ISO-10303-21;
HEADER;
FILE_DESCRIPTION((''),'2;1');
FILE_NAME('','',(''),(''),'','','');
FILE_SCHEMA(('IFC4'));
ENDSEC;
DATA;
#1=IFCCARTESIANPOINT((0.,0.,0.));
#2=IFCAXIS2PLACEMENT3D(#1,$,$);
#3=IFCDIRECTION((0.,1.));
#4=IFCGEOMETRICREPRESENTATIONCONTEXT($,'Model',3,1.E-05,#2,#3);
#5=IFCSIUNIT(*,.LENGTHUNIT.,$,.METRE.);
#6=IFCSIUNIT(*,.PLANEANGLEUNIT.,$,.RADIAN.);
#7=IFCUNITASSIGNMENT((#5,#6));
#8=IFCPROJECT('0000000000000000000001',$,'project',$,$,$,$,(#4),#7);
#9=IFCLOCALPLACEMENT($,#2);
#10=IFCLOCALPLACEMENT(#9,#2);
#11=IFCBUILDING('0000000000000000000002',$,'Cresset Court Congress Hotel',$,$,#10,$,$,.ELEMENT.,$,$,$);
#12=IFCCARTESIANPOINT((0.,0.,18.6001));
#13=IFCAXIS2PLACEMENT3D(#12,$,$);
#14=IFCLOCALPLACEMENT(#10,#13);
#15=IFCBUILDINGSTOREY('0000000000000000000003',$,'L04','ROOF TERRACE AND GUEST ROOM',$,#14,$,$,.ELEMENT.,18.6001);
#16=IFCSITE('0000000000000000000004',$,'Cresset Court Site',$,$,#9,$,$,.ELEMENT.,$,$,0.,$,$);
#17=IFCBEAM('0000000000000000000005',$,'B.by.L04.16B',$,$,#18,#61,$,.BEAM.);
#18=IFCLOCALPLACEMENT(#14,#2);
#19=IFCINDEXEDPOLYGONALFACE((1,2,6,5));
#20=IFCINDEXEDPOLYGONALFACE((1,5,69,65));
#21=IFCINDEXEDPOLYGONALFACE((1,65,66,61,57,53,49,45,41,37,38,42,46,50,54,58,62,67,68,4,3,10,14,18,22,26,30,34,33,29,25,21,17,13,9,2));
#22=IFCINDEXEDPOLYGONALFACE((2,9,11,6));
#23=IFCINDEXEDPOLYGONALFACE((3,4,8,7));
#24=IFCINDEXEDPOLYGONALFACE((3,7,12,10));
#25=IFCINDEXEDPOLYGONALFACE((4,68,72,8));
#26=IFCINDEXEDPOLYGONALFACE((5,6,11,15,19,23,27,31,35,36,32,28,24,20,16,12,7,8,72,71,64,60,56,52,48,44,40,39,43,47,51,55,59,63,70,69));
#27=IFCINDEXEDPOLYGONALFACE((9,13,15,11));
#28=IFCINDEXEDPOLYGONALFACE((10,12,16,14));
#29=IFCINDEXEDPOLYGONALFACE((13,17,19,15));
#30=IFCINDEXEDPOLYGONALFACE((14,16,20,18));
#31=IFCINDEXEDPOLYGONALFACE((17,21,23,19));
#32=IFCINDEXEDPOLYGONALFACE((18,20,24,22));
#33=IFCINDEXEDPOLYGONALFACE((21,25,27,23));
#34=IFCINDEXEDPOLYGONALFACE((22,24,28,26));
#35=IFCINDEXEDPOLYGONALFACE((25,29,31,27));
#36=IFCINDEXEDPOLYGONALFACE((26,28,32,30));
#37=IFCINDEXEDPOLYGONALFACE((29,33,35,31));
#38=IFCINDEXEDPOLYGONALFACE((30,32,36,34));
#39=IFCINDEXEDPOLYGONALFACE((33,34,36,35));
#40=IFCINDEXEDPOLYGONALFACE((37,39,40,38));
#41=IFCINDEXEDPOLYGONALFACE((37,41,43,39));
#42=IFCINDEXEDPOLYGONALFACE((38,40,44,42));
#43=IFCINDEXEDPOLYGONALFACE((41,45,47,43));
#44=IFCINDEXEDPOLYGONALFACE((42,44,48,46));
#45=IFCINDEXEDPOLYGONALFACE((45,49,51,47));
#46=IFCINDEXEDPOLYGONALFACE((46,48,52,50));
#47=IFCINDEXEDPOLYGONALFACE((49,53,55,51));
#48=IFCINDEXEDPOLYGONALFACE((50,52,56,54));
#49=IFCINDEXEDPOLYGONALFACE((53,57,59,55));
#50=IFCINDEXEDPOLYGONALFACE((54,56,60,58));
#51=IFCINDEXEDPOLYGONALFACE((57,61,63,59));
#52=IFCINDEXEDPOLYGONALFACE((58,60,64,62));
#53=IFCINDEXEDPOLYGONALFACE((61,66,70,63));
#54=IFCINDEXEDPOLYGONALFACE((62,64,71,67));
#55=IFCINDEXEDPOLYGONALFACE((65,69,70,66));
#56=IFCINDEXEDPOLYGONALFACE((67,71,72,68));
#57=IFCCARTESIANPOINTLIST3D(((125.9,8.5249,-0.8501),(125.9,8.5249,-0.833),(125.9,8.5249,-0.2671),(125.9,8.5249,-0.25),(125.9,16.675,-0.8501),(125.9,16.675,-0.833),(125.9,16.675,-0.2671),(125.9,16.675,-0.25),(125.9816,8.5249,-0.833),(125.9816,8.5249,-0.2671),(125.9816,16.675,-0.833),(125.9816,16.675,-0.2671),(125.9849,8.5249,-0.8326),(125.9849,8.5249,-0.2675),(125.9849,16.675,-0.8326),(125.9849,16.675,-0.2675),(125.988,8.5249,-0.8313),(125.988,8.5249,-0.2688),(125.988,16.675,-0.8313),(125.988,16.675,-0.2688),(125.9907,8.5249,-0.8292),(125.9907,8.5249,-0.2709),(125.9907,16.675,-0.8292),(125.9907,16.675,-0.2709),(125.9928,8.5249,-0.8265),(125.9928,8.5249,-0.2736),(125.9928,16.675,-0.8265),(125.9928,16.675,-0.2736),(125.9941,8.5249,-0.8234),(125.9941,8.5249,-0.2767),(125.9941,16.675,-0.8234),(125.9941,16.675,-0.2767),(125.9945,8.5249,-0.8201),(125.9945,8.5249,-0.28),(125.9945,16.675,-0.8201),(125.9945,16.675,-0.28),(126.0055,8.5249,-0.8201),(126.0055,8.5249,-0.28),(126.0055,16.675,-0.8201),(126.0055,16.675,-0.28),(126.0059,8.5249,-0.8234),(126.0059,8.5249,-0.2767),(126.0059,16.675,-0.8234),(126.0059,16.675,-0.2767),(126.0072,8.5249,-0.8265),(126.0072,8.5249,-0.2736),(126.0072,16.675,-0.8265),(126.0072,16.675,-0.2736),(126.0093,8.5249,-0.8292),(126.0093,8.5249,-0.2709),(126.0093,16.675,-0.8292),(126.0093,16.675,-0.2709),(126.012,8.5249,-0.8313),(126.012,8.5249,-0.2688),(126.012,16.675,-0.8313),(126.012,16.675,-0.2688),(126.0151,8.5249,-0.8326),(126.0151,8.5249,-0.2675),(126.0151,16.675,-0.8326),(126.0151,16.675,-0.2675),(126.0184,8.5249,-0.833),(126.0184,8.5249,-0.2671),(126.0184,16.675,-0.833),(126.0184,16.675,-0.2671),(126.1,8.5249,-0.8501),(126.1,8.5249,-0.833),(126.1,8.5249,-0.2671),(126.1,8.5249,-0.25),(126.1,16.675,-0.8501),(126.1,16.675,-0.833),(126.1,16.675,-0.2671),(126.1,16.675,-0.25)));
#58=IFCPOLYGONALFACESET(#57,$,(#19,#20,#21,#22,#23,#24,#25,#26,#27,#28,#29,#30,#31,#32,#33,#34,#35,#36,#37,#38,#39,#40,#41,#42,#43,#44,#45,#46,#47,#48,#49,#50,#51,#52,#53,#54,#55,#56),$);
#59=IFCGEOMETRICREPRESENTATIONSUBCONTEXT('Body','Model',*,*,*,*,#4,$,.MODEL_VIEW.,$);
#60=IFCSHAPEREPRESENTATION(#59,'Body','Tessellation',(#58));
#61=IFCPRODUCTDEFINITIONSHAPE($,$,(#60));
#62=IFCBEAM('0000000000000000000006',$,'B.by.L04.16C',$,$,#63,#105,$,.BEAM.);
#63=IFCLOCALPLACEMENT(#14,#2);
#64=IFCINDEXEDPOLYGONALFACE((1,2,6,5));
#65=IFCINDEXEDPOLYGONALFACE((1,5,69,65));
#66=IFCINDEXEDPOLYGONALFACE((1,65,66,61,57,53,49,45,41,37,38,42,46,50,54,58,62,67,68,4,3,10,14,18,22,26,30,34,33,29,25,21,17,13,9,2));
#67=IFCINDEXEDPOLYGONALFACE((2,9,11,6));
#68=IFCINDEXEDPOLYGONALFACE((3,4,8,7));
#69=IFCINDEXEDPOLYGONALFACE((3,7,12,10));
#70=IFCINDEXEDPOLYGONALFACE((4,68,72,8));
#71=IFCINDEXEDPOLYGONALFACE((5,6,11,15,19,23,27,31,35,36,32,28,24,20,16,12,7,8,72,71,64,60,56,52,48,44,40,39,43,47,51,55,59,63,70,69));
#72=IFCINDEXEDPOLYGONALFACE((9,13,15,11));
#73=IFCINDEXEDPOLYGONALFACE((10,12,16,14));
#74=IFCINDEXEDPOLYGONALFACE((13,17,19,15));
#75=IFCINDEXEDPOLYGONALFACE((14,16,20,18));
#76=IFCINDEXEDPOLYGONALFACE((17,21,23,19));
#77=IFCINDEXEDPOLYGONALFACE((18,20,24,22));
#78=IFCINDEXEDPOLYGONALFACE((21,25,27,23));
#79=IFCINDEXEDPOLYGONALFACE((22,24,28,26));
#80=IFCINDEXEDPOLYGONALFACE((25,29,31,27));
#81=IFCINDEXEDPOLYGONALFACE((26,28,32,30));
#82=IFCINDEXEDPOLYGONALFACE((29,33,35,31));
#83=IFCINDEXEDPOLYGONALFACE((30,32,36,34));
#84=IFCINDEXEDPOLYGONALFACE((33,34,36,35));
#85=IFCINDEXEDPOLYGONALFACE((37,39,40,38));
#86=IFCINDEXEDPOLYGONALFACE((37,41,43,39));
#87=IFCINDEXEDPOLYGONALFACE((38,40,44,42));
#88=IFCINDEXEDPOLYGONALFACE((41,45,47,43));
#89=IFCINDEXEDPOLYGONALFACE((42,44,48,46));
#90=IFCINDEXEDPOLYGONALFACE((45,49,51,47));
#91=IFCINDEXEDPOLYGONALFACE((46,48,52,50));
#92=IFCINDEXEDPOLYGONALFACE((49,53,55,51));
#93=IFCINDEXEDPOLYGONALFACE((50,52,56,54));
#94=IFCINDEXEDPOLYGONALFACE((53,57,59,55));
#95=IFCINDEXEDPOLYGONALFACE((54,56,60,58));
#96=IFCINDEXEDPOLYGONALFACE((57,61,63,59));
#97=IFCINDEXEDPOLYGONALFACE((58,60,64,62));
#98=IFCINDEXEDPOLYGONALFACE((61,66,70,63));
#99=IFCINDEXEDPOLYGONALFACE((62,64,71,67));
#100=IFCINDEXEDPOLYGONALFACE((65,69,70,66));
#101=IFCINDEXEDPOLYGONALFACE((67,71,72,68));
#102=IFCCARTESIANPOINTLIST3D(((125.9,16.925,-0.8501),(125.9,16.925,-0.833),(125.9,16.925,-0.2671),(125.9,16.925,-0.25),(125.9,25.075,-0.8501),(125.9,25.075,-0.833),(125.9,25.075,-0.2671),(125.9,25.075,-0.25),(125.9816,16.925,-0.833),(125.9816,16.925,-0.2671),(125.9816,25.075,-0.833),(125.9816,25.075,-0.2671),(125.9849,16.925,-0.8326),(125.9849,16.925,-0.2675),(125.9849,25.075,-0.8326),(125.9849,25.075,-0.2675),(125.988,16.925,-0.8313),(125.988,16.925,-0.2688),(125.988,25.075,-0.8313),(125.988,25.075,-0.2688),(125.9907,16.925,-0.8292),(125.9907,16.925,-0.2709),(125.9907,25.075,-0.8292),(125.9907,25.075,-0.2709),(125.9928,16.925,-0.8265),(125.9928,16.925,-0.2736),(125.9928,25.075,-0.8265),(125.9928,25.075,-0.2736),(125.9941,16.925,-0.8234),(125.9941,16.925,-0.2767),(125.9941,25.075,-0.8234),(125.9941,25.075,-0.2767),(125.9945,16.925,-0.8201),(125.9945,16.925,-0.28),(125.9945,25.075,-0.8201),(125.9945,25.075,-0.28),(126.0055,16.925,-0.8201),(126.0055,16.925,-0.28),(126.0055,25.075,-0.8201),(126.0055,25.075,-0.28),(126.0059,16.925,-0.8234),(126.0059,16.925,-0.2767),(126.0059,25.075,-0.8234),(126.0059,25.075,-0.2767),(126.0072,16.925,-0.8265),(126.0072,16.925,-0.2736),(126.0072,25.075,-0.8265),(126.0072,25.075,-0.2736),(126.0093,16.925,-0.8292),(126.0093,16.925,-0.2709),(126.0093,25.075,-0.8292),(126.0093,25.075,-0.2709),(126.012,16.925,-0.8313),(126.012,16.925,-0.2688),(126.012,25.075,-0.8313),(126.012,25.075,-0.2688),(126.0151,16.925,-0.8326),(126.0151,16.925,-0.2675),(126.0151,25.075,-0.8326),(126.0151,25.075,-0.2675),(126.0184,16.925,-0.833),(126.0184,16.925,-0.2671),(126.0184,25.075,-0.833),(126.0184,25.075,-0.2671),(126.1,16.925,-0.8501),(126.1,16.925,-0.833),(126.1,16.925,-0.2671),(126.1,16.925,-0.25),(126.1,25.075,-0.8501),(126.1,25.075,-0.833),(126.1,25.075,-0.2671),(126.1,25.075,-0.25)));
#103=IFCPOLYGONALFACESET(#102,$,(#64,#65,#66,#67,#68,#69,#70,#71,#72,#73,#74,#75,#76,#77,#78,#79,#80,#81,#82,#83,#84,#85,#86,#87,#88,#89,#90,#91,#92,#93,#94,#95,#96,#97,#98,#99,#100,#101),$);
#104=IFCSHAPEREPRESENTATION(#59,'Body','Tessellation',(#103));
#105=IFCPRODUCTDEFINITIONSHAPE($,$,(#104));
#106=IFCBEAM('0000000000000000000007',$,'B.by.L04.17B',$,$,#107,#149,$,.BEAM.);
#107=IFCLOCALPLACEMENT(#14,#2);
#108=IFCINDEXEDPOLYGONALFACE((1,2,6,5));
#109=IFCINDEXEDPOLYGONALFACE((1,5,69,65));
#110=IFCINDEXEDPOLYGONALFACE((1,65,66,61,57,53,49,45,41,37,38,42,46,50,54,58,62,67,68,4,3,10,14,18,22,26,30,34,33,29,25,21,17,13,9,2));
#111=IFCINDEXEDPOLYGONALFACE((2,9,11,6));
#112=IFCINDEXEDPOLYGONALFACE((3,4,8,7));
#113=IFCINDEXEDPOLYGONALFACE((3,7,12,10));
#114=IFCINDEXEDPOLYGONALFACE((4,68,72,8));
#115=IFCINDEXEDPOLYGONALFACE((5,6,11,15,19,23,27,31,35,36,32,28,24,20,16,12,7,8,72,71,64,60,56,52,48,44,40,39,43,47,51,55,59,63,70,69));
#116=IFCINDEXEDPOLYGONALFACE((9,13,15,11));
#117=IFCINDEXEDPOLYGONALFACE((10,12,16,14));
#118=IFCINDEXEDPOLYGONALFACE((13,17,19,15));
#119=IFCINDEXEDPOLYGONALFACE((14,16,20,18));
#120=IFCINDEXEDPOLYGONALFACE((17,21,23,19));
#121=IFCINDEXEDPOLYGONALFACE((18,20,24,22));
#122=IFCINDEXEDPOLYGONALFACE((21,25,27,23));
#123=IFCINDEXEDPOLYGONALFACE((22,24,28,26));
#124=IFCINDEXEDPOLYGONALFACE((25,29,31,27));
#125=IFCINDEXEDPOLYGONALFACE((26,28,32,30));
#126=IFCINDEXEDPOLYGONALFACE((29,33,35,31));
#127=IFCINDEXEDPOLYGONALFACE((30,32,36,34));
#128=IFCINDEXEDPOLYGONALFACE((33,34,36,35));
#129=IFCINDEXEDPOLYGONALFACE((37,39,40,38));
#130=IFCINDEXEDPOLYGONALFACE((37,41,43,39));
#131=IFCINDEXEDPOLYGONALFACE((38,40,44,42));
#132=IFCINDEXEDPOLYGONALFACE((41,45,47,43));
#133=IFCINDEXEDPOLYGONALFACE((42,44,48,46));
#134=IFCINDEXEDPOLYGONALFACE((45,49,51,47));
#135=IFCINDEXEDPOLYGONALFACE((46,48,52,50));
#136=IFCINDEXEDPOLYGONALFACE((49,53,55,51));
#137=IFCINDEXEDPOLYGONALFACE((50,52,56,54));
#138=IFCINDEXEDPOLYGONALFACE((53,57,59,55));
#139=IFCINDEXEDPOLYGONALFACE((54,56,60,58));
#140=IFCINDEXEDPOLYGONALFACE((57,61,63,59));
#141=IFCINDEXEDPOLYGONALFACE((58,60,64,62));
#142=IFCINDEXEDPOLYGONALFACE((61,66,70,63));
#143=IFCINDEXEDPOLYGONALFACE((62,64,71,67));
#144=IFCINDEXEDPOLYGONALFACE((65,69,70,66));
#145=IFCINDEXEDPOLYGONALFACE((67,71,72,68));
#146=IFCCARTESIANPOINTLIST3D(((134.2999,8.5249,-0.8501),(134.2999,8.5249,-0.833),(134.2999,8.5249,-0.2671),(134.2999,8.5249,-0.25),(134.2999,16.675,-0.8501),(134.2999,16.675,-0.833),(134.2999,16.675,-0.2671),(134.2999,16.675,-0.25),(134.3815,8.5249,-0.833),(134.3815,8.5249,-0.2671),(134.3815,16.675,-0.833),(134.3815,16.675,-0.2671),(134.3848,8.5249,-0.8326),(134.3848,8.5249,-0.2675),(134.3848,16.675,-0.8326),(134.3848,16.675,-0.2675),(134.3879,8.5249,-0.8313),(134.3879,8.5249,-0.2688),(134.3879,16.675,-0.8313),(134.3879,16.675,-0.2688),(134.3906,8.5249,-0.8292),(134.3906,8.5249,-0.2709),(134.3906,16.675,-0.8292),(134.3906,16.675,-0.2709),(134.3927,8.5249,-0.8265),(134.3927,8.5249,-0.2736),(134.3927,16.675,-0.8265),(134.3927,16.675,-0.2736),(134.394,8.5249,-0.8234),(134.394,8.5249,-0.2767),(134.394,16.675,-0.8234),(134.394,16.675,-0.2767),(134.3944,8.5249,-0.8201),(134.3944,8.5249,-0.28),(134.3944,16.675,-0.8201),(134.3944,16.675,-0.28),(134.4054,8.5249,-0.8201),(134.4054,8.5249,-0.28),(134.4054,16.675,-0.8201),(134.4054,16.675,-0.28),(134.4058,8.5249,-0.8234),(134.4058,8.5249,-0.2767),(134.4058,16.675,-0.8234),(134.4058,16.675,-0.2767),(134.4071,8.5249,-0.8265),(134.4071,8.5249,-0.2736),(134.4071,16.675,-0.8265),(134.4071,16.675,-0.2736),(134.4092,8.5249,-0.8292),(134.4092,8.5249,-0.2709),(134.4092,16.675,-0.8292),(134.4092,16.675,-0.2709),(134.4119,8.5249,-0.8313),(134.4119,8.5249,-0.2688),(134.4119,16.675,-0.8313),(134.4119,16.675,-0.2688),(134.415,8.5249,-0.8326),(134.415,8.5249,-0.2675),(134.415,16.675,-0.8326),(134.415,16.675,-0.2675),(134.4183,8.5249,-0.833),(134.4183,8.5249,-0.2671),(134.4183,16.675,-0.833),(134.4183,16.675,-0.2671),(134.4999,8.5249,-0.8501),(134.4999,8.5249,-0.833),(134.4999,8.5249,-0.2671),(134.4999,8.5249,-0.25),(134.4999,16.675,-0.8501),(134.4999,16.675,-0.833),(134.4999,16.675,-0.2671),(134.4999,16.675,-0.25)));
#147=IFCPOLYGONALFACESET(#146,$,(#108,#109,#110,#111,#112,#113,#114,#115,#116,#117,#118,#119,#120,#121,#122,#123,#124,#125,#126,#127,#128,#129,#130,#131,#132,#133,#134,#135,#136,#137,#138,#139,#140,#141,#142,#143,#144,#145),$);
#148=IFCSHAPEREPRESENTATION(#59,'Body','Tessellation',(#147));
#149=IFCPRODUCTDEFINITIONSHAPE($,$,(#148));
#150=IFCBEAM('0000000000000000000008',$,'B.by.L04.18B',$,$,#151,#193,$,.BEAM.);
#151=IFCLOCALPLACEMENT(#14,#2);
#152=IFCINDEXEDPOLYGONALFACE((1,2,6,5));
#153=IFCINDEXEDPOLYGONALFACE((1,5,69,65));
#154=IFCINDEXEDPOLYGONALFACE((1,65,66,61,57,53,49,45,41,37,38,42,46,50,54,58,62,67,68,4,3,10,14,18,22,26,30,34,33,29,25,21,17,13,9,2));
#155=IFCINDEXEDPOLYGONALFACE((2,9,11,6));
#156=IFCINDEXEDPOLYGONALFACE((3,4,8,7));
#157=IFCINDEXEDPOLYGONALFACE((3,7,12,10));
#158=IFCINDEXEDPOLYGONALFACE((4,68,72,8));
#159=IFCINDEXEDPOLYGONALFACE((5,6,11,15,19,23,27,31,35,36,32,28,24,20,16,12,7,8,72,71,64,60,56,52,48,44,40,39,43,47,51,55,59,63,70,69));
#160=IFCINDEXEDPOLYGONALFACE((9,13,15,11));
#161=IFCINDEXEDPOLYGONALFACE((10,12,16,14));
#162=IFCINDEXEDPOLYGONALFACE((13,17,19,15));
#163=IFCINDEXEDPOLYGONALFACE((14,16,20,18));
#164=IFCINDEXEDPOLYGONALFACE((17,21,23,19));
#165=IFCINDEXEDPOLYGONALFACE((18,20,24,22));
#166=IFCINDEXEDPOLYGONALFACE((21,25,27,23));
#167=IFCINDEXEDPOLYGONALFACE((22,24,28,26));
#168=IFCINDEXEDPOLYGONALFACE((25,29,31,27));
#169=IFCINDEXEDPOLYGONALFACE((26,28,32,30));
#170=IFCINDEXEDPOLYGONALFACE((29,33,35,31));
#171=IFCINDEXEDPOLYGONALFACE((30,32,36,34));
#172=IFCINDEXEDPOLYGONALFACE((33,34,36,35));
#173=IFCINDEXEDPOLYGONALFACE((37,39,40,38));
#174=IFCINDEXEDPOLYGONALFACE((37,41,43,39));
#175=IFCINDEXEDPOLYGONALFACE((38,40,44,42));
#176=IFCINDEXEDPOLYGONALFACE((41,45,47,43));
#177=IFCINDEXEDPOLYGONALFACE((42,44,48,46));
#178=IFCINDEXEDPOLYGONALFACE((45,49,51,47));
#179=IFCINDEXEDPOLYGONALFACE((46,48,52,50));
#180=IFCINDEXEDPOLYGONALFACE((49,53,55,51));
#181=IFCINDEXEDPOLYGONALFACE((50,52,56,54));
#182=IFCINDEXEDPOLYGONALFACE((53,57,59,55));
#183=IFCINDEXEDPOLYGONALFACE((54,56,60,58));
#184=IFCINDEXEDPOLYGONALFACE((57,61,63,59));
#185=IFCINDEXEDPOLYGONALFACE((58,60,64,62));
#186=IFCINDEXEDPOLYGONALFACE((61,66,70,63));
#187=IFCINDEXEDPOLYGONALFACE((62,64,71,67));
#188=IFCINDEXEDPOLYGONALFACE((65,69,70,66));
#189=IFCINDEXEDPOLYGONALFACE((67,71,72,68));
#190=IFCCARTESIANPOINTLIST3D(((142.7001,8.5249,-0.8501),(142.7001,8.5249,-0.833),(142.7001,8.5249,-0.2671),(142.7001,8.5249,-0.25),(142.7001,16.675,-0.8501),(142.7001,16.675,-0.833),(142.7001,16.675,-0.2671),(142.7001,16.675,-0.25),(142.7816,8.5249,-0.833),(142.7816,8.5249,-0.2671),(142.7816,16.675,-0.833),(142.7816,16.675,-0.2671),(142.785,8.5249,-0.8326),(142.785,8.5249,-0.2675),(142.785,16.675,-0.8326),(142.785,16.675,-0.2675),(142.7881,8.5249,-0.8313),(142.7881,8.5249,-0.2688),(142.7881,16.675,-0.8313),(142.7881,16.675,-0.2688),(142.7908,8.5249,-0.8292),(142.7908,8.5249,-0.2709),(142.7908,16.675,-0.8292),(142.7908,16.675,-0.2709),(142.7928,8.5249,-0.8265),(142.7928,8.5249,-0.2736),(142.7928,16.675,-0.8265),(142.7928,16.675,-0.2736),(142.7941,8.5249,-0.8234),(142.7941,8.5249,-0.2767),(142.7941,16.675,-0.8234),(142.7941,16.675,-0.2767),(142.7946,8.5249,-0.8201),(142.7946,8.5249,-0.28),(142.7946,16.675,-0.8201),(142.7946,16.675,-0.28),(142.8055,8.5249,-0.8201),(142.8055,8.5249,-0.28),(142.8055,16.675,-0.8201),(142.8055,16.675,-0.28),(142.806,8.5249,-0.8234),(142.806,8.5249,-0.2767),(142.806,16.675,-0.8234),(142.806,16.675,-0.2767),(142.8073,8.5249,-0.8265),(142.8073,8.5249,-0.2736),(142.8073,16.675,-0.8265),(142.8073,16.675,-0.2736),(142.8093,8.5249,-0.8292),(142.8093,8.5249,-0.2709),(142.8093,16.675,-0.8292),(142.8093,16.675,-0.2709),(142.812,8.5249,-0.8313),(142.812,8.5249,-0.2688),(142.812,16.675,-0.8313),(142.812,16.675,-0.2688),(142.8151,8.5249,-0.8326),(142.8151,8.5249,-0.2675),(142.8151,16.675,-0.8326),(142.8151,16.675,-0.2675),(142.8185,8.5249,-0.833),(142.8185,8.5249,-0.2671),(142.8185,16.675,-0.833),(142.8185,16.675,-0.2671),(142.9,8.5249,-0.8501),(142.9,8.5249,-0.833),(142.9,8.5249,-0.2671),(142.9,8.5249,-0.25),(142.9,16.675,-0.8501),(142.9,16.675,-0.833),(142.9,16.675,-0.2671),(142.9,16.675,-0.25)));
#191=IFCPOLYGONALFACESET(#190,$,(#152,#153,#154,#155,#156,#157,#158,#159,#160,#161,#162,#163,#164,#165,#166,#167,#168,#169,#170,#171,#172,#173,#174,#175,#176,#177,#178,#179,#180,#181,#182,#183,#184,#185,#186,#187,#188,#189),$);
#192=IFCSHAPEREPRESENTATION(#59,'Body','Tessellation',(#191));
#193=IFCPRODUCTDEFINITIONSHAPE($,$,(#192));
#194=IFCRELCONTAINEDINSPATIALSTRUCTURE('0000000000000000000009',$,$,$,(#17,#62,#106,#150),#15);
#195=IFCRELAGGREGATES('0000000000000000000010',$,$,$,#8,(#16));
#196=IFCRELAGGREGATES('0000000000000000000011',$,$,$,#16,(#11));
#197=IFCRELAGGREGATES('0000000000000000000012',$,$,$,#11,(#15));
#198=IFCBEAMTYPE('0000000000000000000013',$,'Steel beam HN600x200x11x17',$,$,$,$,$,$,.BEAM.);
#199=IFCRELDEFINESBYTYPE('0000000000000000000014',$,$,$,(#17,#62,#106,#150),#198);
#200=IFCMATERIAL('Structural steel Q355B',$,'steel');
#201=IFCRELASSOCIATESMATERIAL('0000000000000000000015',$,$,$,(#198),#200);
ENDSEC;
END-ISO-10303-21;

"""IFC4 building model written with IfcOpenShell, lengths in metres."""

from ifc_helpers import new_model, si_unit, direction, frame, origin, origin_2d, place, context, subcontext, project, spatial, i_section, extrude, material, material_profile, profile_set, type_object, element, save


model = new_model("IFC4")

# Units and contexts
model_context = context("Model", 3, precision=1e-05, world=origin(), true_north=direction((0.0, 1.0)))
body_context = subcontext(model_context, "Body", "Model", "MODEL_VIEW")
ifc_project = project(units=[si_unit("LENGTHUNIT", "METRE"), si_unit("PLANEANGLEUNIT", "RADIAN")], contexts=[model_context])

# Site, building, storey
site_placement = place(None, origin())
site = spatial("IfcSite", under=ifc_project, at=site_placement, Name="Cresset Court Site", CompositionType="ELEMENT", RefElevation=0.0)
building_placement = place(site_placement, origin())
building = spatial("IfcBuilding", under=site, at=building_placement, Name="Cresset Court Congress Hotel", CompositionType="ELEMENT")
storey_placement = place(building_placement, frame((0.0, 0.0, 18.6001)))
storey = spatial("IfcBuildingStorey", under=building, at=storey_placement, Name="L04", Description="ROOF TERRACE AND GUEST ROOM", CompositionType="ELEMENT", Elevation=18.6001)

# Beams
ifc_material_1 = material(Name="Structural steel Q355B", Category="steel")
ifc_material_profile_1 = material_profile(ifc_material_1, i_section(OverallWidth=0.2, OverallDepth=0.6001, WebThickness=0.011, FlangeThickness=0.0171, FilletRadius=0.0129, at=origin_2d()), Name="HN600x200x11x17")
ifc_profile_set_1 = profile_set([ifc_material_profile_1], Name="Structural steel Q355B")
beam_type_1 = type_object("IfcBeamType", Name="Steel beam HN600x200x11x17", PredefinedType="BEAM", material=ifc_profile_set_1)
beam_1_placement = place(storey_placement, frame((126.0, 8.5249, -0.55), z_axis=(0.0, 1.0, 0.0), x_axis=(-1.0, 0.0, 0.0)))
element("IfcBeam", 1, at=beam_1_placement, inside=storey, type_object=beam_type_1, Name="B.by.L04.16B", PredefinedType="BEAM", context=body_context, shape_type="SweptSolid", body=[
    extrude(i_section(OverallWidth=0.2, OverallDepth=0.6001, WebThickness=0.011, FlangeThickness=0.0171, FilletRadius=0.0129, at=origin_2d()), origin(), (0.0, 0.0, 1.0), 8.1501),
])
beam_2_placement = place(storey_placement, frame((126.0, 16.925, -0.55), z_axis=(0.0, 1.0, 0.0), x_axis=(-1.0, 0.0, 0.0)))
element("IfcBeam", 2, at=beam_2_placement, inside=storey, type_object=beam_type_1, Name="B.by.L04.16C", PredefinedType="BEAM", context=body_context, shape_type="SweptSolid", body=[
    extrude(i_section(OverallWidth=0.2, OverallDepth=0.6001, WebThickness=0.011, FlangeThickness=0.0171, FilletRadius=0.0129, at=origin_2d()), origin(), (0.0, 0.0, 1.0), 8.1499),
])
for number, where, z_axis, x_axis, name in (
    (3, (134.3999, 8.5249, -0.55), (0.0, 1.0, 0.0), (-1.0, 0.0, 0.0), "B.by.L04.17B"),
    (4, (142.8, 8.5249, -0.55), (0.0, 1.0, 0.0), (-1.0, 0.0, 0.0), "B.by.L04.18B"),
):
    element("IfcBeam", number, at=place(storey_placement, frame(where, z_axis=z_axis, x_axis=x_axis)), inside=storey, type_object=beam_type_1, Name=name, PredefinedType="BEAM", context=body_context, shape_type="SweptSolid", body=[
        extrude(i_section(OverallWidth=0.2, OverallDepth=0.6001, WebThickness=0.011, FlangeThickness=0.0171, FilletRadius=0.0129, at=origin_2d()), origin(), (0.0, 0.0, 1.0), 8.1501),
    ])

save(model, "model.ifc")
